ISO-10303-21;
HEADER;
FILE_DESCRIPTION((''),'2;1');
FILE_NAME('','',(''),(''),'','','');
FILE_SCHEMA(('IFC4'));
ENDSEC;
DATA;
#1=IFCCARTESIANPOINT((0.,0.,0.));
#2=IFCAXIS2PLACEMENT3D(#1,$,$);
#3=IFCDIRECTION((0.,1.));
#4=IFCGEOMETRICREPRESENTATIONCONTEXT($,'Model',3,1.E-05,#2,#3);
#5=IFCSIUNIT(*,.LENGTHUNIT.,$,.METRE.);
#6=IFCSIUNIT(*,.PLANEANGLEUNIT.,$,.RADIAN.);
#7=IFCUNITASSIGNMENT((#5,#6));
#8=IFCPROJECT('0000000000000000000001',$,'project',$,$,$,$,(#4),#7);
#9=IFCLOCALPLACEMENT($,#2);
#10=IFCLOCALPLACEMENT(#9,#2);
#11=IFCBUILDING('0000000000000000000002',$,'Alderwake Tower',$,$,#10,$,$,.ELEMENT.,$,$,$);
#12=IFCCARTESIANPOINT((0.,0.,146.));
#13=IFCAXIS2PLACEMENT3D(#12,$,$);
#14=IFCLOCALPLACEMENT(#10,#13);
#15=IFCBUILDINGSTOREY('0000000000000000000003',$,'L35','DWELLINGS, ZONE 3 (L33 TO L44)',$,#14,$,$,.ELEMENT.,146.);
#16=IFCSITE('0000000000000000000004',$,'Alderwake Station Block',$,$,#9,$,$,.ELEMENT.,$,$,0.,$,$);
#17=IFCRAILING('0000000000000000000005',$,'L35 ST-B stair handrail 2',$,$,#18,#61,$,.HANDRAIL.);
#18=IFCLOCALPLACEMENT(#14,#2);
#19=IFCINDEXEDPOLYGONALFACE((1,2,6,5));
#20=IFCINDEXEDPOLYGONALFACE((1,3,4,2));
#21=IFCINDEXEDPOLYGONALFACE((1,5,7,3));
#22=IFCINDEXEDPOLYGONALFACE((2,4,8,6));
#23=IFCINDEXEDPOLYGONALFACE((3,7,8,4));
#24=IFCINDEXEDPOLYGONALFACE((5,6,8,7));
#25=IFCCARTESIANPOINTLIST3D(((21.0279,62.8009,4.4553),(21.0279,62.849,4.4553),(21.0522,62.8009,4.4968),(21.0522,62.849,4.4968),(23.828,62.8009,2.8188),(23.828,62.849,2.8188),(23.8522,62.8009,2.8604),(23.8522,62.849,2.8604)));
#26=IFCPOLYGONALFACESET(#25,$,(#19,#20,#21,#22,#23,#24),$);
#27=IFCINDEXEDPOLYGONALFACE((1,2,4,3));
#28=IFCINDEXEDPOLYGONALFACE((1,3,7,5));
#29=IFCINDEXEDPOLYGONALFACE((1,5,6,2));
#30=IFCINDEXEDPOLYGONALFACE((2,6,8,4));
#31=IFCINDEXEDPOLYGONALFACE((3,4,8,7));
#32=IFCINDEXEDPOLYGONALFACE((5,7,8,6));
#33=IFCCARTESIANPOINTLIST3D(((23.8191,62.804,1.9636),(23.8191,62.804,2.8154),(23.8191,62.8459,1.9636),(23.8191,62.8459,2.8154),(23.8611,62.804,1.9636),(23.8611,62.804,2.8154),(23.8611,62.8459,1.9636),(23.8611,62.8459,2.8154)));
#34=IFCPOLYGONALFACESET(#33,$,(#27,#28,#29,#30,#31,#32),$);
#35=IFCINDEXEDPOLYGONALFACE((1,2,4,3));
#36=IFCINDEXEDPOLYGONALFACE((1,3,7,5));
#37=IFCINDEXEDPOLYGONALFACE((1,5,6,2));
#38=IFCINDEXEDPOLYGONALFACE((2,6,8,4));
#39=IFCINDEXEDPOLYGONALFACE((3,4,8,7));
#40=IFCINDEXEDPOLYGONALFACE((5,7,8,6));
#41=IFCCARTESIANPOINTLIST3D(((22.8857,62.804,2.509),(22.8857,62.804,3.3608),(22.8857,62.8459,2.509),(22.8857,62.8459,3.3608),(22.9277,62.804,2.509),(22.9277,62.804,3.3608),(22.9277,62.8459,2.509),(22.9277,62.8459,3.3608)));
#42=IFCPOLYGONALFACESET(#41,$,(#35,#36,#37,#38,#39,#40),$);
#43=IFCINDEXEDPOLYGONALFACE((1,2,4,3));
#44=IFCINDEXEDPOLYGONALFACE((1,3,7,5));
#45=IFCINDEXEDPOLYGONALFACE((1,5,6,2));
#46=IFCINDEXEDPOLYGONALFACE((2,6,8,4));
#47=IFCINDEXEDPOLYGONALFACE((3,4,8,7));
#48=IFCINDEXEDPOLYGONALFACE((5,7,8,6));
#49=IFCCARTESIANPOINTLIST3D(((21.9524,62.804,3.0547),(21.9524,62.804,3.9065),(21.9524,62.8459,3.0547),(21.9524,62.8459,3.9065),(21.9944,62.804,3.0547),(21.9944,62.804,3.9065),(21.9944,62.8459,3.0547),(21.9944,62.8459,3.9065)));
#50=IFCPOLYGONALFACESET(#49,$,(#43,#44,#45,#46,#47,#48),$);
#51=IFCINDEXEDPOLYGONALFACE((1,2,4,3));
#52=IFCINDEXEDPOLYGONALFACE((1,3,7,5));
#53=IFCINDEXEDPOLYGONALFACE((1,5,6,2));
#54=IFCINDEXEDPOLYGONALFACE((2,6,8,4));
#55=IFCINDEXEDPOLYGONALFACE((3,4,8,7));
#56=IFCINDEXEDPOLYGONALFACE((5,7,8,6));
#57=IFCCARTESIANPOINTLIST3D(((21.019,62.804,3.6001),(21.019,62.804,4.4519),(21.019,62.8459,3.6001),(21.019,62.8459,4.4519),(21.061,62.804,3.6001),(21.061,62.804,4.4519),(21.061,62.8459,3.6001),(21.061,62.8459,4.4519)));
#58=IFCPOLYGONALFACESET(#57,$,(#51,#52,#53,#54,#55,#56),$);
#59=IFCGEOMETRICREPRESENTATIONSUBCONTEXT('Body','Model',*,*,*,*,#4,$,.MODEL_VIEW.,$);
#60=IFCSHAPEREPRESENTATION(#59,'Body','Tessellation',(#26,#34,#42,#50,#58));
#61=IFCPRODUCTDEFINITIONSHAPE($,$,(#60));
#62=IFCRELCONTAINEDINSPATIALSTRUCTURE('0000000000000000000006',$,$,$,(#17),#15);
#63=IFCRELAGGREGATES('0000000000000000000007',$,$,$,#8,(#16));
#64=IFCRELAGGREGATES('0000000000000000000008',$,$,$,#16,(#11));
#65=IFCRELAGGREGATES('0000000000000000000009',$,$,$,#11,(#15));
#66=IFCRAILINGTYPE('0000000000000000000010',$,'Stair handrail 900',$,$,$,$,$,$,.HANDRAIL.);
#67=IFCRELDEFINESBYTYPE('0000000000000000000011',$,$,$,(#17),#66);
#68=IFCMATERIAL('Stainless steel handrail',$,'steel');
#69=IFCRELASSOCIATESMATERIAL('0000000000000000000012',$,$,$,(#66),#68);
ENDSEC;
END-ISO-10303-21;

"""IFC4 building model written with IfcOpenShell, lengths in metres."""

from ifc_helpers import new_model, si_unit, direction, frame, origin, origin_2d, place, context, subcontext, project, spatial, rectangle, extrude, material, type_object, element, save


model = new_model("IFC4")

# Units and contexts
model_context = context("Model", 3, precision=1e-05, world=origin(), true_north=direction((0.0, 1.0)))
body_context = subcontext(model_context, "Body", "Model", "MODEL_VIEW")
ifc_project = project(units=[si_unit("LENGTHUNIT", "METRE"), si_unit("PLANEANGLEUNIT", "RADIAN")], contexts=[model_context])

# Site, building, storey
site_placement = place(None, origin())
site = spatial("IfcSite", under=ifc_project, at=site_placement, Name="Alderwake Station Block", CompositionType="ELEMENT", RefElevation=0.0)
building_placement = place(site_placement, origin())
building = spatial("IfcBuilding", under=site, at=building_placement, Name="Alderwake Tower", CompositionType="ELEMENT")
storey_placement = place(building_placement, frame((0.0, 0.0, 146.0)))
storey = spatial("IfcBuildingStorey", under=building, at=storey_placement, Name="L35", Description="DWELLINGS, ZONE 3 (L33 TO L44)", CompositionType="ELEMENT", Elevation=146.0)

# Railing
ifc_material_1 = material(Name="Stainless steel handrail", Category="steel")
railing_type = type_object("IfcRailingType", Name="Stair handrail 900", PredefinedType="HANDRAIL", material=ifc_material_1)
railing_placement = place(storey_placement, frame((23.8401, 62.825, 1.9636)))
element("IfcRailing", 1, at=railing_placement, inside=storey, type_object=railing_type, Name="L35 ST-B stair handrail 2", PredefinedType="HANDRAIL", context=body_context, shape_type="SweptSolid", body=[
    extrude(rectangle(XDim=0.0481, YDim=0.0481, at=origin_2d()), frame((0.0, 0.0, 0.876), z_axis=(-0.863361, 0.0, 0.504587), x_axis=(0.0, -1.0, 0.0)), (0.0, 0.0, 1.0), 3.2432),
    extrude(rectangle(XDim=0.042, YDim=0.042, at=origin_2d()), frame((0.0, 0.0, 0.0), z_axis=(0.0, 0.0, 1.0), x_axis=(-1.0, 0.0, 0.0)), (0.0, 0.0, 1.0), 0.8518),
    extrude(rectangle(XDim=0.042, YDim=0.042, at=origin_2d()), frame((-0.9333, 0.0, 0.5454), z_axis=(0.0, 0.0, 1.0), x_axis=(-1.0, 0.0, 0.0)), (0.0, 0.0, 1.0), 0.8518),
    extrude(rectangle(XDim=0.042, YDim=0.042, at=origin_2d()), frame((-1.8667, 0.0, 1.0911), z_axis=(0.0, 0.0, 1.0), x_axis=(-1.0, 0.0, 0.0)), (0.0, 0.0, 1.0), 0.8518),
    extrude(rectangle(XDim=0.042, YDim=0.042, at=origin_2d()), frame((-2.8, 0.0, 1.6365), z_axis=(0.0, 0.0, 1.0), x_axis=(-1.0, 0.0, 0.0)), (0.0, 0.0, 1.0), 0.8518),
])

save(model, "model.ifc")
